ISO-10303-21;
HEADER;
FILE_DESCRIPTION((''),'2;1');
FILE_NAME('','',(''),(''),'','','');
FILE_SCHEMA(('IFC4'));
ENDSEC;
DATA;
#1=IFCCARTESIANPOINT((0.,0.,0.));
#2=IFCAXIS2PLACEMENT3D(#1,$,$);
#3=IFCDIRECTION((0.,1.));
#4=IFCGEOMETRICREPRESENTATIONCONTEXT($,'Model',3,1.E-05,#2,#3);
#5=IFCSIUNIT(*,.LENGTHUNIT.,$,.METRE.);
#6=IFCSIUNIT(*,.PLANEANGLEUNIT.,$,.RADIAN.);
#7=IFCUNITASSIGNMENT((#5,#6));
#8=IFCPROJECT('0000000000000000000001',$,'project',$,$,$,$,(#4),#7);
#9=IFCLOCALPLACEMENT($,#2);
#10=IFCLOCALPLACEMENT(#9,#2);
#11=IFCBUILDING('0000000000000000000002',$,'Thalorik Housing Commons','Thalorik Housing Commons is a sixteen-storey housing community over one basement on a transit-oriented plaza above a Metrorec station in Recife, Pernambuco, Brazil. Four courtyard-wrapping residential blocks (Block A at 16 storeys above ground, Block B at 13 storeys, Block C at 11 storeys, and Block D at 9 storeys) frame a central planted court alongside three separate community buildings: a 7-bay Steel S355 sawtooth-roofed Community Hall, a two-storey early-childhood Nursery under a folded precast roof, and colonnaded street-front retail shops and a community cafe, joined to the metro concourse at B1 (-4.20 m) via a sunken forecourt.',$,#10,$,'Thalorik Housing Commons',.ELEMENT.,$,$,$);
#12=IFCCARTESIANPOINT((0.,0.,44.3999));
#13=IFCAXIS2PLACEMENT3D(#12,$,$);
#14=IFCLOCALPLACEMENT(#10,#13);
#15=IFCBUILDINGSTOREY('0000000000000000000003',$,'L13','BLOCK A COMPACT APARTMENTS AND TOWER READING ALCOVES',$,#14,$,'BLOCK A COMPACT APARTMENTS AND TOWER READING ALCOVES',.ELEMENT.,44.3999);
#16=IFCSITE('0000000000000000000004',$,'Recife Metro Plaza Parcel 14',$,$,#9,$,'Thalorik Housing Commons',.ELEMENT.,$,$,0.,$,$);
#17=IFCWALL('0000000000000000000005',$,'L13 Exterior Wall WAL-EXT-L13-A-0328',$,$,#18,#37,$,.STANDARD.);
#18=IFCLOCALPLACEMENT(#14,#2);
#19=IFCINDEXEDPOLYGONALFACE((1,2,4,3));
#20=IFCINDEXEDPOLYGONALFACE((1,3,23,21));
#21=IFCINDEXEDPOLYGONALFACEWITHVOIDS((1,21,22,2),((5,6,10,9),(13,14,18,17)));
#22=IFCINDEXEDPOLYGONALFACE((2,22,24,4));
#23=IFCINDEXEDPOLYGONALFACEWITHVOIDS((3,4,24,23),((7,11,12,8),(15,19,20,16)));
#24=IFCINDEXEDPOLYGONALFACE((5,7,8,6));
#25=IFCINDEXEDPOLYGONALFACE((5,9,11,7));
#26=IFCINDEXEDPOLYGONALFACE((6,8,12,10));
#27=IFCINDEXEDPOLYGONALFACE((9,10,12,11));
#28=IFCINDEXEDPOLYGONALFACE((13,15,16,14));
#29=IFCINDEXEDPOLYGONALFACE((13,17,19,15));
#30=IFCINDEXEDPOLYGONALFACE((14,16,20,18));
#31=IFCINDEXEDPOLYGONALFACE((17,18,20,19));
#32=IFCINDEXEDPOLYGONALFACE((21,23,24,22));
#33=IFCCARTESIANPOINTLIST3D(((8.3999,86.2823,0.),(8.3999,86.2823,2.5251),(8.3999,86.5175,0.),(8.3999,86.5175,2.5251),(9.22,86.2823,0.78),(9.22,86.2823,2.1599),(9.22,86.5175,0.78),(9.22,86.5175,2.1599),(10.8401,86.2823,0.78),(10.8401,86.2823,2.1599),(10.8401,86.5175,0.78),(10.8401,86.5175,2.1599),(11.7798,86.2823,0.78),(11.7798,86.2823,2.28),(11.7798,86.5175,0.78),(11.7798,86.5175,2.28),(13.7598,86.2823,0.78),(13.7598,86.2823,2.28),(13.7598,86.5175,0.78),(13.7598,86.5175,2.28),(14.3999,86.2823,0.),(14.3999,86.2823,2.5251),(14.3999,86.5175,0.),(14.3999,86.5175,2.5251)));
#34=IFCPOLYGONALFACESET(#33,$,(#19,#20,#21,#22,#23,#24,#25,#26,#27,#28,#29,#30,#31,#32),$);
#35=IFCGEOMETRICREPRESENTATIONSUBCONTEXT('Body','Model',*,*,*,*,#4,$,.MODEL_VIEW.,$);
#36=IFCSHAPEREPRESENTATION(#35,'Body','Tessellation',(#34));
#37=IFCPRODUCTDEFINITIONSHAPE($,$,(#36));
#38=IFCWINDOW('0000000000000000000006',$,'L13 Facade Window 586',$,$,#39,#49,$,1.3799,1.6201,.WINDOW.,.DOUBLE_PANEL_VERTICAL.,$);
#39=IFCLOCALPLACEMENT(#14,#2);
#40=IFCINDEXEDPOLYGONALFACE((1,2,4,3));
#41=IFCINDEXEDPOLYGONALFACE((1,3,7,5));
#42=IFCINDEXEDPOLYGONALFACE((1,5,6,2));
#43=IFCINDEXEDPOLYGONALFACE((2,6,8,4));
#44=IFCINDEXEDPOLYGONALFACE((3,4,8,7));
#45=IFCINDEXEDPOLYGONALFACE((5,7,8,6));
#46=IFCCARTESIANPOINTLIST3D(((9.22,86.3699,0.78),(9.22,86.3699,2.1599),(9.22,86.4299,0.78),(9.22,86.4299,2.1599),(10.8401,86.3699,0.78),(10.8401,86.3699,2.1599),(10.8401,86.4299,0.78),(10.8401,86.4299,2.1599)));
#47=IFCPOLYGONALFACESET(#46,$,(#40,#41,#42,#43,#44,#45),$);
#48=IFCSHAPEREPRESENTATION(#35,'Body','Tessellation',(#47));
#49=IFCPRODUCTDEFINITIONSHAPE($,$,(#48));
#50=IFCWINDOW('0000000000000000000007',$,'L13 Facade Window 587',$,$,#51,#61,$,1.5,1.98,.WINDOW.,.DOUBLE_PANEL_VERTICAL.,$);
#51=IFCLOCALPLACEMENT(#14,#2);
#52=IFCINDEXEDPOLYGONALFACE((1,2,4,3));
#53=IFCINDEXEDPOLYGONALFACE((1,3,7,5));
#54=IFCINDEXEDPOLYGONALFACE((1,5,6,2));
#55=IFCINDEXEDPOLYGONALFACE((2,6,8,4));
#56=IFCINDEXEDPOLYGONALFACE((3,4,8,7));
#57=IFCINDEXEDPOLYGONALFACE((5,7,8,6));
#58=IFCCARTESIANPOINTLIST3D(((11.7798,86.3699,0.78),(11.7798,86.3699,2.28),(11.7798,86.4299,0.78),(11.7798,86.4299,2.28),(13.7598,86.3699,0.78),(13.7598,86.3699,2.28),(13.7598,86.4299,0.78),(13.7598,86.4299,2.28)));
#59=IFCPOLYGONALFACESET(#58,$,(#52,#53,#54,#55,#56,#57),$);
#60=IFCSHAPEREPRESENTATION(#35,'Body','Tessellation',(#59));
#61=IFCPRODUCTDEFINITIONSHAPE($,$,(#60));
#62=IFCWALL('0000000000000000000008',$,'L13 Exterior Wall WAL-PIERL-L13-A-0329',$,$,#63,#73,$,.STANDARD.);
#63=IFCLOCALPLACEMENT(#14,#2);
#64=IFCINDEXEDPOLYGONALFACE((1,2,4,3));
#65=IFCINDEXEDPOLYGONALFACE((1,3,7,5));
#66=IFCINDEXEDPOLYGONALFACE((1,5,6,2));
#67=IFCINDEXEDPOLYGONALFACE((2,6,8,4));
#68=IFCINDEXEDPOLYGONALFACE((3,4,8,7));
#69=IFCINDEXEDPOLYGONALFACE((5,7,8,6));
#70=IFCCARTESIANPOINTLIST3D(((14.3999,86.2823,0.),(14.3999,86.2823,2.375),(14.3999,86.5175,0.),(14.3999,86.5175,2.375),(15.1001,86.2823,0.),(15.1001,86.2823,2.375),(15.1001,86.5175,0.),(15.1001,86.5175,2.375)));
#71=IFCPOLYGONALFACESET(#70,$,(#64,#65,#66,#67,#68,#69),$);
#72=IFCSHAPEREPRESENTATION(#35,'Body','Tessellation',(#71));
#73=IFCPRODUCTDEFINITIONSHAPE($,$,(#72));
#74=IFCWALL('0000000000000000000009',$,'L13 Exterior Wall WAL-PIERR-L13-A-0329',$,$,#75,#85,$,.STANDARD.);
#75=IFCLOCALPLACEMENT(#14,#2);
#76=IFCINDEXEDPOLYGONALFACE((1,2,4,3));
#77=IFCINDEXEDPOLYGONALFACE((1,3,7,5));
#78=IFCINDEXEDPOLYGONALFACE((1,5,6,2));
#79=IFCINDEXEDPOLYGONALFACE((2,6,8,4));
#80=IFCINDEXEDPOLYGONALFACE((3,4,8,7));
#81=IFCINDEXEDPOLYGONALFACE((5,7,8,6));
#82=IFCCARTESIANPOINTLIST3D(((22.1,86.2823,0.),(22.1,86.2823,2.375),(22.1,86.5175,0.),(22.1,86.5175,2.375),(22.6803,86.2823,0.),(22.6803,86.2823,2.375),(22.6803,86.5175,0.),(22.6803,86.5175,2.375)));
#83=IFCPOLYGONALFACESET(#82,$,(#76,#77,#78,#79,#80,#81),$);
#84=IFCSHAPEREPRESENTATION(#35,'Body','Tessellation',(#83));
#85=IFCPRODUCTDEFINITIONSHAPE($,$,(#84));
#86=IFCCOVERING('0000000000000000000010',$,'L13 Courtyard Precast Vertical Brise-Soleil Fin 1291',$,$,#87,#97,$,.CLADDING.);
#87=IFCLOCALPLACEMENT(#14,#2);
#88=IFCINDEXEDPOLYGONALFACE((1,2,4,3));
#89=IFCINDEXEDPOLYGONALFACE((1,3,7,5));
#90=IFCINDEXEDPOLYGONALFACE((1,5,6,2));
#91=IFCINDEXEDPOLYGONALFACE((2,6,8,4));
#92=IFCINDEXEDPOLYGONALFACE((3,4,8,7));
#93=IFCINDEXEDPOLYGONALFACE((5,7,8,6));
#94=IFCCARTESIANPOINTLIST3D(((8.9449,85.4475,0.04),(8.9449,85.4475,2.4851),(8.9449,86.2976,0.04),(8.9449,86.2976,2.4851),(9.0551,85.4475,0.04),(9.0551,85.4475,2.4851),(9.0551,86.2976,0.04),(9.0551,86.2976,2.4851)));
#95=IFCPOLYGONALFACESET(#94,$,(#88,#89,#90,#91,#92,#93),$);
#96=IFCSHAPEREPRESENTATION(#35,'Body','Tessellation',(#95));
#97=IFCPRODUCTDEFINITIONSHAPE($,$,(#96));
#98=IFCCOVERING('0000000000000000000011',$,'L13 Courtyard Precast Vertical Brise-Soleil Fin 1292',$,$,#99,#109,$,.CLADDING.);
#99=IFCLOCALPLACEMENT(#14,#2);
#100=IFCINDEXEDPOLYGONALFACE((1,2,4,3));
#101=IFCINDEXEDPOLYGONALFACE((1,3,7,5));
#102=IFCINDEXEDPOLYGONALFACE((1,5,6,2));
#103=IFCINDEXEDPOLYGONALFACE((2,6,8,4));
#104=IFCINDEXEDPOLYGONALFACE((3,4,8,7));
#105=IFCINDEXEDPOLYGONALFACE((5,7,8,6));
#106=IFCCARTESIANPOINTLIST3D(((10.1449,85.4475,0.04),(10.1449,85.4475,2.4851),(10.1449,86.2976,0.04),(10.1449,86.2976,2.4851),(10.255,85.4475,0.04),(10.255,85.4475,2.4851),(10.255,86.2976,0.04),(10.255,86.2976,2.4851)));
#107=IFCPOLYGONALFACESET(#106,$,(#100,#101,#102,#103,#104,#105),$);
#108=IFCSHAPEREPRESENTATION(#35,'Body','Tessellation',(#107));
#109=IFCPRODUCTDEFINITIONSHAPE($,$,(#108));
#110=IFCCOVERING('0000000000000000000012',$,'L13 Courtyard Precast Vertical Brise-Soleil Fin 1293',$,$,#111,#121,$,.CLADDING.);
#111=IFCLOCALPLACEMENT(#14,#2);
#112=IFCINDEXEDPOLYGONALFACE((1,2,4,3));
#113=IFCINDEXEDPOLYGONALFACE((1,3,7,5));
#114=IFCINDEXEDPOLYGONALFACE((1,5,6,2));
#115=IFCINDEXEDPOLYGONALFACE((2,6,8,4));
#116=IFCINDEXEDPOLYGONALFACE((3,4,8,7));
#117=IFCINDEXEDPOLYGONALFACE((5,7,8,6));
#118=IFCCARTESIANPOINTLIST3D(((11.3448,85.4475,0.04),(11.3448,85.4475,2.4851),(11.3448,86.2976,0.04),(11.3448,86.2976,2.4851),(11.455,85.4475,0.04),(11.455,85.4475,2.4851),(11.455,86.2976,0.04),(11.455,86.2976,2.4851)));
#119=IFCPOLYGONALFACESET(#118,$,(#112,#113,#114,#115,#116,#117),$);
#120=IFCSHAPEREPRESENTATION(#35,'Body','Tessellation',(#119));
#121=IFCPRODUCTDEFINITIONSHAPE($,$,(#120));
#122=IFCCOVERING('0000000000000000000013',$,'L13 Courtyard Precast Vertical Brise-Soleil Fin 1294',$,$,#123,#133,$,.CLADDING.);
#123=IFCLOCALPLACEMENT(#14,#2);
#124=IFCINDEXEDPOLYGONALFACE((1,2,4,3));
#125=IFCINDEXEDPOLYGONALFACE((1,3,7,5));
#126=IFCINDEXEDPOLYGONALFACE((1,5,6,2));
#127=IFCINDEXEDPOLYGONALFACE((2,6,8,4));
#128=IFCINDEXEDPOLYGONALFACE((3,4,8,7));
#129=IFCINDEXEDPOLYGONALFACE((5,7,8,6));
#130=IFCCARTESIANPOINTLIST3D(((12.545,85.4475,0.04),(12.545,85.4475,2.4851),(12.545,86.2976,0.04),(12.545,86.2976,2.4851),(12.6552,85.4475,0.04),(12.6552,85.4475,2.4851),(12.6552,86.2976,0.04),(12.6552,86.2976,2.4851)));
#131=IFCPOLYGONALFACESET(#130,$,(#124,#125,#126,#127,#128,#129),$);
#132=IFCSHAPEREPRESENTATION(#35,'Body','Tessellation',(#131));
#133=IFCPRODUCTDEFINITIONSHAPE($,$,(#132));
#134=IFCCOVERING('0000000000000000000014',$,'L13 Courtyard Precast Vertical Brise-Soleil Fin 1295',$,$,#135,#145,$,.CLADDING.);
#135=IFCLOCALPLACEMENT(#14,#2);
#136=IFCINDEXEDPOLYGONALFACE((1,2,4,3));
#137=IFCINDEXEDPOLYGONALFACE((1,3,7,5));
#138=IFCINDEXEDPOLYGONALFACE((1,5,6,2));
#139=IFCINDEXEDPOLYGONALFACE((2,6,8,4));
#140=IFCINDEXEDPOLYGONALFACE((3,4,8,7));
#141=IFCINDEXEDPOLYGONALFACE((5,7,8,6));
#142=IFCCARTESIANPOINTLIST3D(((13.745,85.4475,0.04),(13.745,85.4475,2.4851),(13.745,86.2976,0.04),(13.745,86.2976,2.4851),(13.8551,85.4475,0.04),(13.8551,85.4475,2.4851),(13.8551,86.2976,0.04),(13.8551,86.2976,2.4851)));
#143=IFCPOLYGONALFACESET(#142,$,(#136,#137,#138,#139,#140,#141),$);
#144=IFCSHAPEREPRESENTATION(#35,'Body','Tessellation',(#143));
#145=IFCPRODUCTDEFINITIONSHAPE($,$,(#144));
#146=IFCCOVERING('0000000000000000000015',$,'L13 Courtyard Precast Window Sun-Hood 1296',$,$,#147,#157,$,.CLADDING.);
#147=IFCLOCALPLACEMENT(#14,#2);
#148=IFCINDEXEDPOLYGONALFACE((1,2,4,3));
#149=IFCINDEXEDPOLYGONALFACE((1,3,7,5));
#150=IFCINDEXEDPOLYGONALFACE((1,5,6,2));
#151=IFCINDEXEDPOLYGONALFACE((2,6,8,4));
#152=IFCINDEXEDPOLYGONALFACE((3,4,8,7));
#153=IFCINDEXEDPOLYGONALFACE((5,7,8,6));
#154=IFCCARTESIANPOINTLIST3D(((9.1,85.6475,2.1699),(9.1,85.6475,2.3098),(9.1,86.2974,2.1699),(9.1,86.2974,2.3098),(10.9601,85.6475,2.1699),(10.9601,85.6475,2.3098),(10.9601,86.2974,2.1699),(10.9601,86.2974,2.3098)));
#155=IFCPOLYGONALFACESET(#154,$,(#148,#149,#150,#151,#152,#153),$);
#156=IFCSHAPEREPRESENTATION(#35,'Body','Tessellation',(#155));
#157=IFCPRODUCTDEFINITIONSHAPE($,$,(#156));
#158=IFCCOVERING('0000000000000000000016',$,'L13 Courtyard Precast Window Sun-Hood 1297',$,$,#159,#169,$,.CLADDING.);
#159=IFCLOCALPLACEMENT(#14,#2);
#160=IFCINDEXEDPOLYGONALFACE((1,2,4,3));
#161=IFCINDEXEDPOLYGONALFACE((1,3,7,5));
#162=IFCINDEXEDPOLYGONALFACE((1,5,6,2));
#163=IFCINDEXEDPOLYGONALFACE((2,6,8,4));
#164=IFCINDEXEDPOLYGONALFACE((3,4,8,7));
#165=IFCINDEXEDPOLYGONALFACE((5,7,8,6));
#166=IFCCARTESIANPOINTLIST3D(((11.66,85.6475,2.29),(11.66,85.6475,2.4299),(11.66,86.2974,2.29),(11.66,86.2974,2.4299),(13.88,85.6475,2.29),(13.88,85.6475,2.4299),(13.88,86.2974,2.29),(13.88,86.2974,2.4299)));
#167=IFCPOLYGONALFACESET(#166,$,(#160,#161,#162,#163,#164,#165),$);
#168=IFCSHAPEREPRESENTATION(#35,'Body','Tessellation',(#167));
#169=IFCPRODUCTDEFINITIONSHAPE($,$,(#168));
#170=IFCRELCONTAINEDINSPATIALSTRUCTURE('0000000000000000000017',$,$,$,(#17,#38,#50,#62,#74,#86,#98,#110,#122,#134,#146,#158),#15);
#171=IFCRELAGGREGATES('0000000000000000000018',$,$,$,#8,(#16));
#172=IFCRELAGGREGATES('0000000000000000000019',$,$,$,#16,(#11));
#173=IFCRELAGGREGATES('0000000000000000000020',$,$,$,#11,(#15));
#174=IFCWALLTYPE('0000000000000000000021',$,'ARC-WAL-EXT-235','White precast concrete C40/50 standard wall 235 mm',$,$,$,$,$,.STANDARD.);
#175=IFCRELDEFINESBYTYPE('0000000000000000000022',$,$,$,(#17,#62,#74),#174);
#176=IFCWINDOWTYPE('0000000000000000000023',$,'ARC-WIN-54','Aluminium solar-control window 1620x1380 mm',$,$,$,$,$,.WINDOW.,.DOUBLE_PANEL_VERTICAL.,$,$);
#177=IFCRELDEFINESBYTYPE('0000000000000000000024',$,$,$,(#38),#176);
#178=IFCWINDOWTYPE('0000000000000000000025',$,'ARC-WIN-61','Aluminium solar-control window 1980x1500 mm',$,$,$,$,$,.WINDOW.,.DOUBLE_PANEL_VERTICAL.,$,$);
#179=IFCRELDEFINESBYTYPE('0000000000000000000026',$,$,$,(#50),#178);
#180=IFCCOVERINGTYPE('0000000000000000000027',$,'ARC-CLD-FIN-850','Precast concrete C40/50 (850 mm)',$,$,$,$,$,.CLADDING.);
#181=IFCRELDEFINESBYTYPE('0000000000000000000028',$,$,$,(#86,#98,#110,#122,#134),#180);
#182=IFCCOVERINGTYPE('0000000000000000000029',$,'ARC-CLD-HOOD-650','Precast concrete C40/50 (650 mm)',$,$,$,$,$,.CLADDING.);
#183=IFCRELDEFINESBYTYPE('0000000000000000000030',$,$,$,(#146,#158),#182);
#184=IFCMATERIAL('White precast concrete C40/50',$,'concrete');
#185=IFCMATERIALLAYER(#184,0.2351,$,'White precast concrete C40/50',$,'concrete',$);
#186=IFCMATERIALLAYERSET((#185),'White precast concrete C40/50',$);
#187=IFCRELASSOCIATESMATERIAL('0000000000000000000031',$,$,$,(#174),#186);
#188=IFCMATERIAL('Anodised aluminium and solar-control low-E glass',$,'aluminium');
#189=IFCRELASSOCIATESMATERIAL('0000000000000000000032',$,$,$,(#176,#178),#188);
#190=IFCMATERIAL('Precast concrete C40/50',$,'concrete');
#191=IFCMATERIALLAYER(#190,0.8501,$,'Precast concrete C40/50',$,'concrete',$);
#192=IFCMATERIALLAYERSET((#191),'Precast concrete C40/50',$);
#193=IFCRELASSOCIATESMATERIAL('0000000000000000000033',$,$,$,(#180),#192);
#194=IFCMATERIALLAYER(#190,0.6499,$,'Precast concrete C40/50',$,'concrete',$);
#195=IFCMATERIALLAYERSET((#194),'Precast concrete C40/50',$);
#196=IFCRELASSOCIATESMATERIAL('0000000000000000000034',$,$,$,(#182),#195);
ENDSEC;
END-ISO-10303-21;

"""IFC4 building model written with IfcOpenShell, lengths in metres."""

from ifc_helpers import new_model, si_unit, direction, frame, frame_2d, origin, origin_2d, place, context, subcontext, project, spatial, rectangle, extrude, material, layer, layer_set, type_object, element, fill, save


model = new_model("IFC4")

# Units and contexts
model_context = context("Model", 3, precision=1e-05, world=origin(), true_north=direction((0.0, 1.0)))
body_context = subcontext(model_context, "Body", "Model", "MODEL_VIEW")
ifc_project = project(units=[si_unit("LENGTHUNIT", "METRE"), si_unit("PLANEANGLEUNIT", "RADIAN")], contexts=[model_context])

# Site, building, storey
site_placement = place(None, origin())
site = spatial("IfcSite", under=ifc_project, at=site_placement, Name="Recife Metro Plaza Parcel 14", LongName="Thalorik Housing Commons", CompositionType="ELEMENT", RefElevation=0.0)
building_placement = place(site_placement, origin())
building = spatial("IfcBuilding", under=site, at=building_placement, Name="Thalorik Housing Commons", Description="Thalorik Housing Commons is a sixteen-storey housing community over one basement on a transit-oriented plaza above a Metrorec station in Recife, Pernambuco, Brazil. Four courtyard-wrapping residential blocks (Block A at 16 storeys above ground, Block B at 13 storeys, Block C at 11 storeys, and Block D at 9 storeys) frame a central planted court alongside three separate community buildings: a 7-bay Steel S355 sawtooth-roofed Community Hall, a two-storey early-childhood Nursery under a folded precast roof, and colonnaded street-front retail shops and a community cafe, joined to the metro concourse at B1 (-4.20 m) via a sunken forecourt.", LongName="Thalorik Housing Commons", CompositionType="ELEMENT")
storey_placement = place(building_placement, frame((0.0, 0.0, 44.3999)))
storey = spatial("IfcBuildingStorey", under=building, at=storey_placement, Name="L13", Description="BLOCK A COMPACT APARTMENTS AND TOWER READING ALCOVES", LongName="BLOCK A COMPACT APARTMENTS AND TOWER READING ALCOVES", CompositionType="ELEMENT", Elevation=44.3999)

# Shared definitions
ifc_material_1 = material(Name="Precast concrete C40/50", Category="concrete")

# Shared definitions
ifc_material_2 = material(Name="Anodised aluminium and solar-control low-E glass", Category="aluminium")

# Wall, openings, windows
ifc_material_3 = material(Name="White precast concrete C40/50", Category="concrete")
ifc_layer_1 = layer(ifc_material_3, 0.2351, Name="White precast concrete C40/50", Category="concrete")
ifc_layer_set_1 = layer_set([ifc_layer_1], Name="White precast concrete C40/50")
wall_type = type_object("IfcWallType", Name="ARC-WAL-EXT-235", Description="White precast concrete C40/50 standard wall 235 mm", PredefinedType="STANDARD", material=ifc_layer_set_1)
wall_1_placement = place(storey_placement, frame((8.3999, 86.3999, 0.0), z_axis=(0.0, 0.0, 1.0), x_axis=(1.0, 0.0, 0.0)))
wall_1 = element("IfcWall", 1, at=wall_1_placement, inside=storey, type_object=wall_type, Name="L13 Exterior Wall WAL-EXT-L13-A-0328", PredefinedType="STANDARD", context=body_context, shape_type="SweptSolid", body=[
    extrude(rectangle(XDim=6.0, YDim=0.2351, at=frame_2d((3.0, 0.0))), origin(), (0.0, 0.0, 1.0), 2.5251),
])
opening_1_placement = place(wall_1_placement, frame((0.8201, 0.0, 0.78)))
opening_1 = element("IfcOpeningElement", 2, at=opening_1_placement, cuts=wall_1, PredefinedType="OPENING", context=body_context, shape_type="SweptSolid", body=[
    extrude(rectangle(XDim=1.6201, YDim=1.3799, at=frame_2d((0.8101, 0.6899))), frame((0.0, 0.1274, 0.0), z_axis=(0.0, -1.0, 0.0), x_axis=(1.0, 0.0, 0.0)), (0.0, 0.0, 1.0), 0.2551),
])
opening_2_placement = place(wall_1_placement, frame((3.3799, 0.0, 0.78)))
opening_2 = element("IfcOpeningElement", 3, at=opening_2_placement, cuts=wall_1, PredefinedType="OPENING", context=body_context, shape_type="SweptSolid", body=[
    extrude(rectangle(XDim=1.98, YDim=1.5, at=frame_2d((0.99, 0.75))), frame((0.0, 0.1274, 0.0), z_axis=(0.0, -1.0, 0.0), x_axis=(1.0, 0.0, 0.0)), (0.0, 0.0, 1.0), 0.2551),
])
window_type_1 = type_object("IfcWindowType", Name="ARC-WIN-54", Description="Aluminium solar-control window 1620x1380 mm", PartitioningType="DOUBLE_PANEL_VERTICAL", PredefinedType="WINDOW", material=ifc_material_2)
window_1_placement = place(opening_1_placement, origin())
window_1 = element("IfcWindow", 4, at=window_1_placement, inside=storey, type_object=window_type_1, Name="L13 Facade Window 586", OverallHeight=1.3799, OverallWidth=1.6201, PartitioningType="DOUBLE_PANEL_VERTICAL", PredefinedType="WINDOW", context=body_context, shape_type="SweptSolid", body=[
    extrude(rectangle(XDim=1.6201, YDim=1.3799, at=frame_2d((0.8101, 0.6899))), frame((0.0, 0.03, 0.0), z_axis=(0.0, -1.0, 0.0), x_axis=(1.0, 0.0, 0.0)), (0.0, 0.0, 1.0), 0.0601),
])
fill(opening_1, window_1)
window_type_2 = type_object("IfcWindowType", Name="ARC-WIN-61", Description="Aluminium solar-control window 1980x1500 mm", PartitioningType="DOUBLE_PANEL_VERTICAL", PredefinedType="WINDOW", material=ifc_material_2)
window_2_placement = place(opening_2_placement, origin())
window_2 = element("IfcWindow", 5, at=window_2_placement, inside=storey, type_object=window_type_2, Name="L13 Facade Window 587", OverallHeight=1.5, OverallWidth=1.98, PartitioningType="DOUBLE_PANEL_VERTICAL", PredefinedType="WINDOW", context=body_context, shape_type="SweptSolid", body=[
    extrude(rectangle(XDim=1.98, YDim=1.5, at=frame_2d((0.99, 0.75))), frame((0.0, 0.03, 0.0), z_axis=(0.0, -1.0, 0.0), x_axis=(1.0, 0.0, 0.0)), (0.0, 0.0, 1.0), 0.0601),
])
fill(opening_2, window_2)

# Walls
wall_2_placement = place(storey_placement, frame((14.3999, 86.3999, 0.0), z_axis=(0.0, 0.0, 1.0), x_axis=(1.0, 0.0, 0.0)))
element("IfcWall", 6, at=wall_2_placement, inside=storey, type_object=wall_type, Name="L13 Exterior Wall WAL-PIERL-L13-A-0329", PredefinedType="STANDARD", context=body_context, shape_type="SweptSolid", body=[
    extrude(rectangle(XDim=0.7002, YDim=0.2351, at=frame_2d((0.3501, 0.0))), origin(), (0.0, 0.0, 1.0), 2.375),
])
wall_3_placement = place(storey_placement, frame((22.1001, 86.3999, 0.0), z_axis=(0.0, 0.0, 1.0), x_axis=(1.0, 0.0, 0.0)))
element("IfcWall", 7, at=wall_3_placement, inside=storey, type_object=wall_type, Name="L13 Exterior Wall WAL-PIERR-L13-A-0329", PredefinedType="STANDARD", context=body_context, shape_type="SweptSolid", body=[
    extrude(rectangle(XDim=0.5803, YDim=0.2351, at=frame_2d((0.29, 0.0))), origin(), (0.0, 0.0, 1.0), 2.375),
])

# Coverings
ifc_layer_2 = layer(ifc_material_1, 0.8501, Name="Precast concrete C40/50", Category="concrete")
ifc_layer_set_2 = layer_set([ifc_layer_2], Name="Precast concrete C40/50")
covering_type_1 = type_object("IfcCoveringType", Name="ARC-CLD-FIN-850", Description="Precast concrete C40/50 (850 mm)", PredefinedType="CLADDING", material=ifc_layer_set_2)
for number, where, z_axis, x_axis, name in (
    (8, (9.0, 85.8726, 0.04), (0.0, 0.0, 1.0), (1.0, 0.0, 0.0), "L13 Courtyard Precast Vertical Brise-Soleil Fin 1291"),
    (9, (10.2, 85.8726, 0.04), (0.0, 0.0, 1.0), (1.0, 0.0, 0.0), "L13 Courtyard Precast Vertical Brise-Soleil Fin 1292"),
    (10, (11.3999, 85.8726, 0.04), (0.0, 0.0, 1.0), (1.0, 0.0, 0.0), "L13 Courtyard Precast Vertical Brise-Soleil Fin 1293"),
    (11, (12.6001, 85.8726, 0.04), (0.0, 0.0, 1.0), (1.0, 0.0, 0.0), "L13 Courtyard Precast Vertical Brise-Soleil Fin 1294"),
    (12, (13.8, 85.8726, 0.04), (0.0, 0.0, 1.0), (1.0, 0.0, 0.0), "L13 Courtyard Precast Vertical Brise-Soleil Fin 1295"),
):
    element("IfcCovering", number, at=place(storey_placement, frame(where, z_axis=z_axis, x_axis=x_axis)), inside=storey, type_object=covering_type_1, Name=name, PredefinedType="CLADDING", context=body_context, shape_type="SweptSolid", body=[
        extrude(rectangle(XDim=0.1101, YDim=0.8501, at=origin_2d()), origin(), (0.0, 0.0, 1.0), 2.4451),
    ])
ifc_layer_3 = layer(ifc_material_1, 0.6499, Name="Precast concrete C40/50", Category="concrete")
ifc_layer_set_3 = layer_set([ifc_layer_3], Name="Precast concrete C40/50")
covering_type_2 = type_object("IfcCoveringType", Name="ARC-CLD-HOOD-650", Description="Precast concrete C40/50 (650 mm)", PredefinedType="CLADDING", material=ifc_layer_set_3)
covering_1_placement = place(storey_placement, frame((10.03, 85.9724, 2.1699), z_axis=(0.0, 0.0, 1.0), x_axis=(1.0, 0.0, 0.0)))
element("IfcCovering", 13, at=covering_1_placement, inside=storey, type_object=covering_type_2, Name="L13 Courtyard Precast Window Sun-Hood 1296", PredefinedType="CLADDING", context=body_context, shape_type="SweptSolid", body=[
    extrude(rectangle(XDim=1.8601, YDim=0.6499, at=origin_2d()), origin(), (0.0, 0.0, 1.0), 0.1399),
])
covering_2_placement = place(storey_placement, frame((12.77, 85.9724, 2.29), z_axis=(0.0, 0.0, 1.0), x_axis=(1.0, 0.0, 0.0)))
element("IfcCovering", 14, at=covering_2_placement, inside=storey, type_object=covering_type_2, Name="L13 Courtyard Precast Window Sun-Hood 1297", PredefinedType="CLADDING", context=body_context, shape_type="SweptSolid", body=[
    extrude(rectangle(XDim=2.22, YDim=0.6499, at=origin_2d()), origin(), (0.0, 0.0, 1.0), 0.1399),
])

save(model, "model.ifc")
